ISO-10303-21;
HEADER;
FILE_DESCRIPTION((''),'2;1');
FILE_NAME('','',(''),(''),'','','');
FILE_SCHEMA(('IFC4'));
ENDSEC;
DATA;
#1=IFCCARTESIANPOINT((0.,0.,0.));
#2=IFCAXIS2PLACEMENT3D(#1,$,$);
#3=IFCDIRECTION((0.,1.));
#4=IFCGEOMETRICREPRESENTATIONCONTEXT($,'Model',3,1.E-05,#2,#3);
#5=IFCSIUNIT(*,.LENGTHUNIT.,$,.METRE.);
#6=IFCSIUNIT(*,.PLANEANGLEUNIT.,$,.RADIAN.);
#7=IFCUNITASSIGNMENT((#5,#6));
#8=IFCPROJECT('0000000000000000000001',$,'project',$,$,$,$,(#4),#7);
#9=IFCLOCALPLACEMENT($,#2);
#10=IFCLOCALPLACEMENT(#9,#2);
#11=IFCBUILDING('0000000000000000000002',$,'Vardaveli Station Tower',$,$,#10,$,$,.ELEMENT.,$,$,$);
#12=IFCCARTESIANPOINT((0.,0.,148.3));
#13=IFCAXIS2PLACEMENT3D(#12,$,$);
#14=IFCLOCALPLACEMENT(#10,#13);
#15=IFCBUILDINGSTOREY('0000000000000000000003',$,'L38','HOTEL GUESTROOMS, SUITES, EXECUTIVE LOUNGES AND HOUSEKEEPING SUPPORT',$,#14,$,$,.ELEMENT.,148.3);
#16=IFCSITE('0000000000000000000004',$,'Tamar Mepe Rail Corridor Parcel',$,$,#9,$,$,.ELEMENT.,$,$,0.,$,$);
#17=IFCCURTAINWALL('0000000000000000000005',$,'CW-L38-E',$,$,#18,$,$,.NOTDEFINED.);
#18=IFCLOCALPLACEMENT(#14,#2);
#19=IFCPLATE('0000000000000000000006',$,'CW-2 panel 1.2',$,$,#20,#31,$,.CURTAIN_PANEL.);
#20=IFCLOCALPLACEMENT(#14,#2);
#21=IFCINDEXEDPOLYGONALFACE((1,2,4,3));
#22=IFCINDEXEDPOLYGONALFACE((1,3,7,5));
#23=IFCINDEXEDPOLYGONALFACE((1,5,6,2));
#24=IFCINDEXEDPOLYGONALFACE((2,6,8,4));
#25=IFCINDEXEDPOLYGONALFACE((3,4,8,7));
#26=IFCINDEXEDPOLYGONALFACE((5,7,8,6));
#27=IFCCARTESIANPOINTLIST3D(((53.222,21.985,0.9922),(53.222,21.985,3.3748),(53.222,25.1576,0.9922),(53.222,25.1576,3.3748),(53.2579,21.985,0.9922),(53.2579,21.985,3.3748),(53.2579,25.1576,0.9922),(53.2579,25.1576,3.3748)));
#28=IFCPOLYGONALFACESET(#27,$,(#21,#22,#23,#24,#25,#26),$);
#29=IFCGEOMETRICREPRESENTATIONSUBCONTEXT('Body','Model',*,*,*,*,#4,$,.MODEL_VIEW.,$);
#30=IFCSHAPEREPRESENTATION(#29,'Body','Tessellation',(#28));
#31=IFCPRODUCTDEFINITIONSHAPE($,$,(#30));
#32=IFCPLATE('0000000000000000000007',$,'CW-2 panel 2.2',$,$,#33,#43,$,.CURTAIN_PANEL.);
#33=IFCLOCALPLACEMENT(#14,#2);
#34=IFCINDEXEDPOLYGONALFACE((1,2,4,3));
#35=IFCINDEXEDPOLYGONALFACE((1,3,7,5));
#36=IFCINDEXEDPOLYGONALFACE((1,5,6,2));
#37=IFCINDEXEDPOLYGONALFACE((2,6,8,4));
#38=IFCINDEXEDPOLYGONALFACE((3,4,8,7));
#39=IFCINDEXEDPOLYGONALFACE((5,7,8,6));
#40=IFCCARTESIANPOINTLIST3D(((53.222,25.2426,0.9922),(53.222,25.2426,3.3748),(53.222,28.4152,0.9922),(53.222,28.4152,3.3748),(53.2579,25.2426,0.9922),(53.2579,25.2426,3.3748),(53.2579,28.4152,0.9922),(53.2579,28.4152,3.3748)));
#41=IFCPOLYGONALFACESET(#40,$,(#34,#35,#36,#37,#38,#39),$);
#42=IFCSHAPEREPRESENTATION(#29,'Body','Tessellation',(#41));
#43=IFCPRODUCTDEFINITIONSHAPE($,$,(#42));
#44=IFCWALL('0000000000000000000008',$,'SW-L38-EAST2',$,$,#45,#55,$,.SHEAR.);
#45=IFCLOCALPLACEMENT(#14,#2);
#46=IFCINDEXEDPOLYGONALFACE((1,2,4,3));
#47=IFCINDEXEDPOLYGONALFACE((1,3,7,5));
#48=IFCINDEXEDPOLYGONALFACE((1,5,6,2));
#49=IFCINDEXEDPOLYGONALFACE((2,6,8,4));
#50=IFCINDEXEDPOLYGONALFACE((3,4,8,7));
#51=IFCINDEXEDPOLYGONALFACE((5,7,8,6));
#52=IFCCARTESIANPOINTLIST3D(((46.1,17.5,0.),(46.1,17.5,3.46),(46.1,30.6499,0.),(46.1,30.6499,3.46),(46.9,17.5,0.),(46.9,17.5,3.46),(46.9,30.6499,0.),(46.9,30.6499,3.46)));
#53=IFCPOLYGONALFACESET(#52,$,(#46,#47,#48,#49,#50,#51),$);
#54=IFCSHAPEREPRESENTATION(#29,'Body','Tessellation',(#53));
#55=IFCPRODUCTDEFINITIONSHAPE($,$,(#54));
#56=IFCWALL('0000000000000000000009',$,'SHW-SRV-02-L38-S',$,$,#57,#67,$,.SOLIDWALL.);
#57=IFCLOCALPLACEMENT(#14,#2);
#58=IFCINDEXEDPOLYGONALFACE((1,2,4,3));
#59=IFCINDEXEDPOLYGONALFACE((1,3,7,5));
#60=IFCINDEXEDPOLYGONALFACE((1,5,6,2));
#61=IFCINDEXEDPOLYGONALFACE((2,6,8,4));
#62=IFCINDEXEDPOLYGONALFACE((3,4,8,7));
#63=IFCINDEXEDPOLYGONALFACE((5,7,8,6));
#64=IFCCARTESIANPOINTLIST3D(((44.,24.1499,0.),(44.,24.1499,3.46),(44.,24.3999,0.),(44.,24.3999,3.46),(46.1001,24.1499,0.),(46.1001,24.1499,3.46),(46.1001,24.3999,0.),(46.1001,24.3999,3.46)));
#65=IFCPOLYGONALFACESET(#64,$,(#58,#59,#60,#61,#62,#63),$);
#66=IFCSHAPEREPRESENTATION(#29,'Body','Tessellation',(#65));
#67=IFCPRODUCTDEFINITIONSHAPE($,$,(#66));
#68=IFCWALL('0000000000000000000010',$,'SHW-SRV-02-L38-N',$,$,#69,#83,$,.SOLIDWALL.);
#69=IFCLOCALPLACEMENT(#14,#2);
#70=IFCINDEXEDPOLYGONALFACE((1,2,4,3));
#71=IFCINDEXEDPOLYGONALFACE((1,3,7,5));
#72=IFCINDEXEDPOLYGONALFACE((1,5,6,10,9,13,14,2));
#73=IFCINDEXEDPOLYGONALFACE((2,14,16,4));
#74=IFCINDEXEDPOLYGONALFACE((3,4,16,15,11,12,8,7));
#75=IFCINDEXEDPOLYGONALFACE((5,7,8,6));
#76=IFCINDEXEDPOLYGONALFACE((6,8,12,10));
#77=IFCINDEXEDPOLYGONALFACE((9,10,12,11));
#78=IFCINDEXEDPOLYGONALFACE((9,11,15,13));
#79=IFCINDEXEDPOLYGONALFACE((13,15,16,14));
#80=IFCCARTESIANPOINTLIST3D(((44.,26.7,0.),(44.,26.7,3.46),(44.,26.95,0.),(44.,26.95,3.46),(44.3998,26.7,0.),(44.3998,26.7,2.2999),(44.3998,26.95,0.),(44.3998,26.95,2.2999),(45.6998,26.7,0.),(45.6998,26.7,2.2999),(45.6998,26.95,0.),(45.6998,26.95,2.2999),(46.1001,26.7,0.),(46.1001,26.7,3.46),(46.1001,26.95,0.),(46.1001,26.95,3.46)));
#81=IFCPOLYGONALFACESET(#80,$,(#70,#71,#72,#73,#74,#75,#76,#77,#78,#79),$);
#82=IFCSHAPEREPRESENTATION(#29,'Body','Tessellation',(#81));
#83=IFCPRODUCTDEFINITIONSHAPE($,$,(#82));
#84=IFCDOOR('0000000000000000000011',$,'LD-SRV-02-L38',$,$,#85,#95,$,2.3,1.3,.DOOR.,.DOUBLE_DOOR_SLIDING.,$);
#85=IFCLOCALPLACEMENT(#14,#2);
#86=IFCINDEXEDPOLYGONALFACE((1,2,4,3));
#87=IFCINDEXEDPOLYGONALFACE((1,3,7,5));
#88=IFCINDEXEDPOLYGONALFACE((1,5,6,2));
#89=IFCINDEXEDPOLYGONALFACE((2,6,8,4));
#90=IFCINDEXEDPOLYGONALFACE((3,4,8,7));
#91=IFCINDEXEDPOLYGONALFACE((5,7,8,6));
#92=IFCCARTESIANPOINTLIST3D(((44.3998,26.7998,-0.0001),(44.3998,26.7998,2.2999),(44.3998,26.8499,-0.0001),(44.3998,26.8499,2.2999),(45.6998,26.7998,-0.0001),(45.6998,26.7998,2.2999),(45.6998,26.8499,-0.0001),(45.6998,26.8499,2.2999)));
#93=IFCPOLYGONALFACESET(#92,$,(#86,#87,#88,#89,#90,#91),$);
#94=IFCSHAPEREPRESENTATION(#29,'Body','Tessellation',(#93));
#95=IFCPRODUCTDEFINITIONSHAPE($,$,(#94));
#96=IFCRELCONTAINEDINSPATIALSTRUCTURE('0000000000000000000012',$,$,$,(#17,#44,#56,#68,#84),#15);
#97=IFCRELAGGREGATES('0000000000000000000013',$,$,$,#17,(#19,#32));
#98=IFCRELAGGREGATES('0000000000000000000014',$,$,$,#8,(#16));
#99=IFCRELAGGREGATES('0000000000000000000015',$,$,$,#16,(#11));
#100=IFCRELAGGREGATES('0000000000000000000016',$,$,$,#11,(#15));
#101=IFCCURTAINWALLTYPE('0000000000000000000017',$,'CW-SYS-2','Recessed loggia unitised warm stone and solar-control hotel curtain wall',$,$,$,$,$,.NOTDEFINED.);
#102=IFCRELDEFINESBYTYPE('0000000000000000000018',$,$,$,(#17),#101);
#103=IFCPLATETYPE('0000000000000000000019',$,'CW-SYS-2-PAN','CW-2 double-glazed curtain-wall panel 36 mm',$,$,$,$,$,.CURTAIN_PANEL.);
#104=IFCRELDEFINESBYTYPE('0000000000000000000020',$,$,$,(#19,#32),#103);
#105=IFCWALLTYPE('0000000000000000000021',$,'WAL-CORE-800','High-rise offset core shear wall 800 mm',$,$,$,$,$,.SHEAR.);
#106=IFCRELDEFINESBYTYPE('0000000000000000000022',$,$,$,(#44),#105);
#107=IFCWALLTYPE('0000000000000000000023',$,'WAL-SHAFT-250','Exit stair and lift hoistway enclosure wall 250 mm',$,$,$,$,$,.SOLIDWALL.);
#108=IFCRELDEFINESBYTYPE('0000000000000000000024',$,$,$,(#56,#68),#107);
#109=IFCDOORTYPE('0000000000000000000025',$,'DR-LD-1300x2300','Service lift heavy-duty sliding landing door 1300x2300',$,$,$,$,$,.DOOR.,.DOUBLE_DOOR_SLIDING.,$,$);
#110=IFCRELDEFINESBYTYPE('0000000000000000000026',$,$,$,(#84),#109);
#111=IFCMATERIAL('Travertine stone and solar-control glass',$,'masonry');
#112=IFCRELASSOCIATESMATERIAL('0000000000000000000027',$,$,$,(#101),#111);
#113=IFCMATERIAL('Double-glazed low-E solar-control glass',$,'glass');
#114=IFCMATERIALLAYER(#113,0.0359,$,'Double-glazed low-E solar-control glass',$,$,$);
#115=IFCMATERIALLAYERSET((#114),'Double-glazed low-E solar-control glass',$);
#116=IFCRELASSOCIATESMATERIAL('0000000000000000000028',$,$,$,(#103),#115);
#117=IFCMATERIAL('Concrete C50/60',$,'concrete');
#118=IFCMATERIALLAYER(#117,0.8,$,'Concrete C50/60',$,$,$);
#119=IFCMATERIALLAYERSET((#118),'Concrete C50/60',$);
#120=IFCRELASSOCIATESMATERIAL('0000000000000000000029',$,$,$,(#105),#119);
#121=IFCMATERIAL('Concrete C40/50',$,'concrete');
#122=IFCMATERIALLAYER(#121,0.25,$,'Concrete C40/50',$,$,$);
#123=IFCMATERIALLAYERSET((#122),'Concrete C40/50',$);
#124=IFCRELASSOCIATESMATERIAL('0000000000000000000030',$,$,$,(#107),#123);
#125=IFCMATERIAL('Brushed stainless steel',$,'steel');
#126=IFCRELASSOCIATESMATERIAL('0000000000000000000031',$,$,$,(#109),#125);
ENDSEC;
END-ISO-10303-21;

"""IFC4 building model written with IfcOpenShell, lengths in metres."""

from ifc_helpers import new_model, si_unit, direction, frame, frame_2d, origin, origin_2d, place, context, subcontext, project, spatial, rectangle, extrude, source, transform, mapped, material, layer, layer_set, type_object, element, fill, aggregate, save


model = new_model("IFC4")

# Units and contexts
model_context = context("Model", 3, precision=1e-05, world=origin(), true_north=direction((0.0, 1.0)))
body_context = subcontext(model_context, "Body", "Model", "MODEL_VIEW")
ifc_project = project(units=[si_unit("LENGTHUNIT", "METRE"), si_unit("PLANEANGLEUNIT", "RADIAN")], contexts=[model_context])

# Site, building, storey
site_placement = place(None, origin())
site = spatial("IfcSite", under=ifc_project, at=site_placement, Name="Tamar Mepe Rail Corridor Parcel", CompositionType="ELEMENT", RefElevation=0.0)
building_placement = place(site_placement, origin())
building = spatial("IfcBuilding", under=site, at=building_placement, Name="Vardaveli Station Tower", CompositionType="ELEMENT")
storey_placement = place(building_placement, frame((0.0, 0.0, 148.3)))
storey = spatial("IfcBuildingStorey", under=building, at=storey_placement, Name="L38", Description="HOTEL GUESTROOMS, SUITES, EXECUTIVE LOUNGES AND HOUSEKEEPING SUPPORT", CompositionType="ELEMENT", Elevation=148.3)

# Curtain wall, plates
ifc_material_1 = material(Name="Travertine stone and solar-control glass", Category="masonry")
curtain_wall_type = type_object("IfcCurtainWallType", Name="CW-SYS-2", Description="Recessed loggia unitised warm stone and solar-control hotel curtain wall", PredefinedType="NOTDEFINED", material=ifc_material_1)
curtain_wall_placement = place(storey_placement, origin())
curtain_wall = element("IfcCurtainWall", 1, at=curtain_wall_placement, inside=storey, type_object=curtain_wall_type, Name="CW-L38-E", PredefinedType="NOTDEFINED")
ifc_material_2 = material(Name="Double-glazed low-E solar-control glass", Category="glass")
ifc_layer_1 = layer(ifc_material_2, 0.0359, Name="Double-glazed low-E solar-control glass")
ifc_layer_set_1 = layer_set([ifc_layer_1], Name="Double-glazed low-E solar-control glass")
plate_type = type_object("IfcPlateType", Name="CW-SYS-2-PAN", Description="CW-2 double-glazed curtain-wall panel 36 mm", PredefinedType="CURTAIN_PANEL", material=ifc_layer_set_1)
shared_shape_1 = source(origin(), body_context, "Body", "SweptSolid", [
    extrude(rectangle(XDim=3.1726, YDim=0.0359, at=origin_2d()), origin(), (0.0, 0.0, 1.0), 2.3826),
])
plate_1_placement = place(storey_placement, frame((53.24, 23.5713, 0.9922), z_axis=(0.0, 0.0, 1.0), x_axis=(0.0, 1.0, 0.0)))
plate_1 = element("IfcPlate", 2, at=plate_1_placement, type_object=plate_type, Name="CW-2 panel 1.2", PredefinedType="CURTAIN_PANEL", context=body_context, shape_type="MappedRepresentation", body=[
    mapped(shared_shape_1, transform((0.0, 0.0, 0.0), scale=1.0)),
])
plate_2_placement = place(storey_placement, frame((53.24, 26.8289, 0.9922), z_axis=(0.0, 0.0, 1.0), x_axis=(0.0, 1.0, 0.0)))
plate_2 = element("IfcPlate", 3, at=plate_2_placement, type_object=plate_type, Name="CW-2 panel 2.2", PredefinedType="CURTAIN_PANEL", context=body_context, shape_type="MappedRepresentation", body=[
    mapped(shared_shape_1, transform((0.0, 0.0, 0.0), scale=1.0)),
])
aggregate(curtain_wall, [plate_1, plate_2])

# Walls
ifc_material_3 = material(Name="Concrete C50/60", Category="concrete")
ifc_layer_2 = layer(ifc_material_3, 0.8, Name="Concrete C50/60")
ifc_layer_set_2 = layer_set([ifc_layer_2], Name="Concrete C50/60")
wall_type_1 = type_object("IfcWallType", Name="WAL-CORE-800", Description="High-rise offset core shear wall 800 mm", PredefinedType="SHEAR", material=ifc_layer_set_2)
shared_shape_2 = source(origin(), body_context, "Body", "SweptSolid", [
    extrude(rectangle(XDim=13.1499, YDim=0.8, at=frame_2d((6.575, 0.0))), origin(), (0.0, 0.0, 1.0), 3.46),
])
wall_1_placement = place(storey_placement, frame((46.5, 17.5, 0.0), z_axis=(0.0, 0.0, 1.0), x_axis=(0.0, 1.0, 0.0)))
element("IfcWall", 4, at=wall_1_placement, inside=storey, type_object=wall_type_1, Name="SW-L38-EAST2", PredefinedType="SHEAR", context=body_context, shape_type="MappedRepresentation", body=[
    mapped(shared_shape_2, transform((0.0, 0.0, 0.0), scale=1.0)),
])
ifc_material_4 = material(Name="Concrete C40/50", Category="concrete")
ifc_layer_3 = layer(ifc_material_4, 0.25, Name="Concrete C40/50")
ifc_layer_set_3 = layer_set([ifc_layer_3], Name="Concrete C40/50")
wall_type_2 = type_object("IfcWallType", Name="WAL-SHAFT-250", Description="Exit stair and lift hoistway enclosure wall 250 mm", PredefinedType="SOLIDWALL", material=ifc_layer_set_3)
shared_shape_3 = source(origin(), body_context, "Body", "SweptSolid", [
    extrude(rectangle(XDim=2.1001, YDim=0.25, at=frame_2d((1.05, 0.0))), origin(), (0.0, 0.0, 1.0), 3.46),
])
wall_2_placement = place(storey_placement, frame((44.0, 24.2749, 0.0), z_axis=(0.0, 0.0, 1.0), x_axis=(1.0, 0.0, 0.0)))
element("IfcWall", 5, at=wall_2_placement, inside=storey, type_object=wall_type_2, Name="SHW-SRV-02-L38-S", PredefinedType="SOLIDWALL", context=body_context, shape_type="MappedRepresentation", body=[
    mapped(shared_shape_3, transform((0.0, 0.0, 0.0), scale=1.0)),
])

# Wall, opening, door
wall_3_placement = place(storey_placement, frame((44.0, 26.825, 0.0), z_axis=(0.0, 0.0, 1.0), x_axis=(1.0, 0.0, 0.0)))
wall_3 = element("IfcWall", 6, at=wall_3_placement, inside=storey, type_object=wall_type_2, Name="SHW-SRV-02-L38-N", PredefinedType="SOLIDWALL", context=body_context, shape_type="MappedRepresentation", body=[
    mapped(shared_shape_3, transform((0.0, 0.0, 0.0), scale=1.0)),
])
shared_shape_4 = source(origin(), body_context, "Body", "SweptSolid", [
    extrude(rectangle(XDim=1.3, YDim=2.3, at=frame_2d((0.6499, 1.1499))), frame((0.0, 0.135, 0.0), z_axis=(0.0, -1.0, 0.0), x_axis=(1.0, 0.0, 0.0)), (0.0, 0.0, 1.0), 0.27),
])
opening_placement = place(wall_3_placement, frame((0.3999, 0.0, 0.0)))
opening = element("IfcOpeningElement", 7, at=opening_placement, cuts=wall_3, PredefinedType="OPENING", context=body_context, shape_type="MappedRepresentation", body=[
    mapped(shared_shape_4, transform((0.0, 0.0, 0.0), scale=1.0)),
])
ifc_material_5 = material(Name="Brushed stainless steel", Category="steel")
door_type = type_object("IfcDoorType", Name="DR-LD-1300x2300", Description="Service lift heavy-duty sliding landing door 1300x2300", OperationType="DOUBLE_DOOR_SLIDING", PredefinedType="DOOR", material=ifc_material_5)
shared_shape_5 = source(origin(), body_context, "Body", "SweptSolid", [
    extrude(rectangle(XDim=1.3, YDim=2.3, at=frame_2d((0.6499, 1.1499))), frame((0.0, 0.0249, 0.0), z_axis=(0.0, -1.0, 0.0), x_axis=(1.0, 0.0, 0.0)), (0.0, 0.0, 1.0), 0.05),
])
door_placement = place(opening_placement, origin())
door = element("IfcDoor", 8, at=door_placement, inside=storey, type_object=door_type, Name="LD-SRV-02-L38", OperationType="DOUBLE_DOOR_SLIDING", OverallHeight=2.3, OverallWidth=1.3, PredefinedType="DOOR", context=body_context, shape_type="MappedRepresentation", body=[
    mapped(shared_shape_5, transform((0.0, 0.0, 0.0), scale=1.0)),
])
fill(opening, door)

save(model, "model.ifc")
